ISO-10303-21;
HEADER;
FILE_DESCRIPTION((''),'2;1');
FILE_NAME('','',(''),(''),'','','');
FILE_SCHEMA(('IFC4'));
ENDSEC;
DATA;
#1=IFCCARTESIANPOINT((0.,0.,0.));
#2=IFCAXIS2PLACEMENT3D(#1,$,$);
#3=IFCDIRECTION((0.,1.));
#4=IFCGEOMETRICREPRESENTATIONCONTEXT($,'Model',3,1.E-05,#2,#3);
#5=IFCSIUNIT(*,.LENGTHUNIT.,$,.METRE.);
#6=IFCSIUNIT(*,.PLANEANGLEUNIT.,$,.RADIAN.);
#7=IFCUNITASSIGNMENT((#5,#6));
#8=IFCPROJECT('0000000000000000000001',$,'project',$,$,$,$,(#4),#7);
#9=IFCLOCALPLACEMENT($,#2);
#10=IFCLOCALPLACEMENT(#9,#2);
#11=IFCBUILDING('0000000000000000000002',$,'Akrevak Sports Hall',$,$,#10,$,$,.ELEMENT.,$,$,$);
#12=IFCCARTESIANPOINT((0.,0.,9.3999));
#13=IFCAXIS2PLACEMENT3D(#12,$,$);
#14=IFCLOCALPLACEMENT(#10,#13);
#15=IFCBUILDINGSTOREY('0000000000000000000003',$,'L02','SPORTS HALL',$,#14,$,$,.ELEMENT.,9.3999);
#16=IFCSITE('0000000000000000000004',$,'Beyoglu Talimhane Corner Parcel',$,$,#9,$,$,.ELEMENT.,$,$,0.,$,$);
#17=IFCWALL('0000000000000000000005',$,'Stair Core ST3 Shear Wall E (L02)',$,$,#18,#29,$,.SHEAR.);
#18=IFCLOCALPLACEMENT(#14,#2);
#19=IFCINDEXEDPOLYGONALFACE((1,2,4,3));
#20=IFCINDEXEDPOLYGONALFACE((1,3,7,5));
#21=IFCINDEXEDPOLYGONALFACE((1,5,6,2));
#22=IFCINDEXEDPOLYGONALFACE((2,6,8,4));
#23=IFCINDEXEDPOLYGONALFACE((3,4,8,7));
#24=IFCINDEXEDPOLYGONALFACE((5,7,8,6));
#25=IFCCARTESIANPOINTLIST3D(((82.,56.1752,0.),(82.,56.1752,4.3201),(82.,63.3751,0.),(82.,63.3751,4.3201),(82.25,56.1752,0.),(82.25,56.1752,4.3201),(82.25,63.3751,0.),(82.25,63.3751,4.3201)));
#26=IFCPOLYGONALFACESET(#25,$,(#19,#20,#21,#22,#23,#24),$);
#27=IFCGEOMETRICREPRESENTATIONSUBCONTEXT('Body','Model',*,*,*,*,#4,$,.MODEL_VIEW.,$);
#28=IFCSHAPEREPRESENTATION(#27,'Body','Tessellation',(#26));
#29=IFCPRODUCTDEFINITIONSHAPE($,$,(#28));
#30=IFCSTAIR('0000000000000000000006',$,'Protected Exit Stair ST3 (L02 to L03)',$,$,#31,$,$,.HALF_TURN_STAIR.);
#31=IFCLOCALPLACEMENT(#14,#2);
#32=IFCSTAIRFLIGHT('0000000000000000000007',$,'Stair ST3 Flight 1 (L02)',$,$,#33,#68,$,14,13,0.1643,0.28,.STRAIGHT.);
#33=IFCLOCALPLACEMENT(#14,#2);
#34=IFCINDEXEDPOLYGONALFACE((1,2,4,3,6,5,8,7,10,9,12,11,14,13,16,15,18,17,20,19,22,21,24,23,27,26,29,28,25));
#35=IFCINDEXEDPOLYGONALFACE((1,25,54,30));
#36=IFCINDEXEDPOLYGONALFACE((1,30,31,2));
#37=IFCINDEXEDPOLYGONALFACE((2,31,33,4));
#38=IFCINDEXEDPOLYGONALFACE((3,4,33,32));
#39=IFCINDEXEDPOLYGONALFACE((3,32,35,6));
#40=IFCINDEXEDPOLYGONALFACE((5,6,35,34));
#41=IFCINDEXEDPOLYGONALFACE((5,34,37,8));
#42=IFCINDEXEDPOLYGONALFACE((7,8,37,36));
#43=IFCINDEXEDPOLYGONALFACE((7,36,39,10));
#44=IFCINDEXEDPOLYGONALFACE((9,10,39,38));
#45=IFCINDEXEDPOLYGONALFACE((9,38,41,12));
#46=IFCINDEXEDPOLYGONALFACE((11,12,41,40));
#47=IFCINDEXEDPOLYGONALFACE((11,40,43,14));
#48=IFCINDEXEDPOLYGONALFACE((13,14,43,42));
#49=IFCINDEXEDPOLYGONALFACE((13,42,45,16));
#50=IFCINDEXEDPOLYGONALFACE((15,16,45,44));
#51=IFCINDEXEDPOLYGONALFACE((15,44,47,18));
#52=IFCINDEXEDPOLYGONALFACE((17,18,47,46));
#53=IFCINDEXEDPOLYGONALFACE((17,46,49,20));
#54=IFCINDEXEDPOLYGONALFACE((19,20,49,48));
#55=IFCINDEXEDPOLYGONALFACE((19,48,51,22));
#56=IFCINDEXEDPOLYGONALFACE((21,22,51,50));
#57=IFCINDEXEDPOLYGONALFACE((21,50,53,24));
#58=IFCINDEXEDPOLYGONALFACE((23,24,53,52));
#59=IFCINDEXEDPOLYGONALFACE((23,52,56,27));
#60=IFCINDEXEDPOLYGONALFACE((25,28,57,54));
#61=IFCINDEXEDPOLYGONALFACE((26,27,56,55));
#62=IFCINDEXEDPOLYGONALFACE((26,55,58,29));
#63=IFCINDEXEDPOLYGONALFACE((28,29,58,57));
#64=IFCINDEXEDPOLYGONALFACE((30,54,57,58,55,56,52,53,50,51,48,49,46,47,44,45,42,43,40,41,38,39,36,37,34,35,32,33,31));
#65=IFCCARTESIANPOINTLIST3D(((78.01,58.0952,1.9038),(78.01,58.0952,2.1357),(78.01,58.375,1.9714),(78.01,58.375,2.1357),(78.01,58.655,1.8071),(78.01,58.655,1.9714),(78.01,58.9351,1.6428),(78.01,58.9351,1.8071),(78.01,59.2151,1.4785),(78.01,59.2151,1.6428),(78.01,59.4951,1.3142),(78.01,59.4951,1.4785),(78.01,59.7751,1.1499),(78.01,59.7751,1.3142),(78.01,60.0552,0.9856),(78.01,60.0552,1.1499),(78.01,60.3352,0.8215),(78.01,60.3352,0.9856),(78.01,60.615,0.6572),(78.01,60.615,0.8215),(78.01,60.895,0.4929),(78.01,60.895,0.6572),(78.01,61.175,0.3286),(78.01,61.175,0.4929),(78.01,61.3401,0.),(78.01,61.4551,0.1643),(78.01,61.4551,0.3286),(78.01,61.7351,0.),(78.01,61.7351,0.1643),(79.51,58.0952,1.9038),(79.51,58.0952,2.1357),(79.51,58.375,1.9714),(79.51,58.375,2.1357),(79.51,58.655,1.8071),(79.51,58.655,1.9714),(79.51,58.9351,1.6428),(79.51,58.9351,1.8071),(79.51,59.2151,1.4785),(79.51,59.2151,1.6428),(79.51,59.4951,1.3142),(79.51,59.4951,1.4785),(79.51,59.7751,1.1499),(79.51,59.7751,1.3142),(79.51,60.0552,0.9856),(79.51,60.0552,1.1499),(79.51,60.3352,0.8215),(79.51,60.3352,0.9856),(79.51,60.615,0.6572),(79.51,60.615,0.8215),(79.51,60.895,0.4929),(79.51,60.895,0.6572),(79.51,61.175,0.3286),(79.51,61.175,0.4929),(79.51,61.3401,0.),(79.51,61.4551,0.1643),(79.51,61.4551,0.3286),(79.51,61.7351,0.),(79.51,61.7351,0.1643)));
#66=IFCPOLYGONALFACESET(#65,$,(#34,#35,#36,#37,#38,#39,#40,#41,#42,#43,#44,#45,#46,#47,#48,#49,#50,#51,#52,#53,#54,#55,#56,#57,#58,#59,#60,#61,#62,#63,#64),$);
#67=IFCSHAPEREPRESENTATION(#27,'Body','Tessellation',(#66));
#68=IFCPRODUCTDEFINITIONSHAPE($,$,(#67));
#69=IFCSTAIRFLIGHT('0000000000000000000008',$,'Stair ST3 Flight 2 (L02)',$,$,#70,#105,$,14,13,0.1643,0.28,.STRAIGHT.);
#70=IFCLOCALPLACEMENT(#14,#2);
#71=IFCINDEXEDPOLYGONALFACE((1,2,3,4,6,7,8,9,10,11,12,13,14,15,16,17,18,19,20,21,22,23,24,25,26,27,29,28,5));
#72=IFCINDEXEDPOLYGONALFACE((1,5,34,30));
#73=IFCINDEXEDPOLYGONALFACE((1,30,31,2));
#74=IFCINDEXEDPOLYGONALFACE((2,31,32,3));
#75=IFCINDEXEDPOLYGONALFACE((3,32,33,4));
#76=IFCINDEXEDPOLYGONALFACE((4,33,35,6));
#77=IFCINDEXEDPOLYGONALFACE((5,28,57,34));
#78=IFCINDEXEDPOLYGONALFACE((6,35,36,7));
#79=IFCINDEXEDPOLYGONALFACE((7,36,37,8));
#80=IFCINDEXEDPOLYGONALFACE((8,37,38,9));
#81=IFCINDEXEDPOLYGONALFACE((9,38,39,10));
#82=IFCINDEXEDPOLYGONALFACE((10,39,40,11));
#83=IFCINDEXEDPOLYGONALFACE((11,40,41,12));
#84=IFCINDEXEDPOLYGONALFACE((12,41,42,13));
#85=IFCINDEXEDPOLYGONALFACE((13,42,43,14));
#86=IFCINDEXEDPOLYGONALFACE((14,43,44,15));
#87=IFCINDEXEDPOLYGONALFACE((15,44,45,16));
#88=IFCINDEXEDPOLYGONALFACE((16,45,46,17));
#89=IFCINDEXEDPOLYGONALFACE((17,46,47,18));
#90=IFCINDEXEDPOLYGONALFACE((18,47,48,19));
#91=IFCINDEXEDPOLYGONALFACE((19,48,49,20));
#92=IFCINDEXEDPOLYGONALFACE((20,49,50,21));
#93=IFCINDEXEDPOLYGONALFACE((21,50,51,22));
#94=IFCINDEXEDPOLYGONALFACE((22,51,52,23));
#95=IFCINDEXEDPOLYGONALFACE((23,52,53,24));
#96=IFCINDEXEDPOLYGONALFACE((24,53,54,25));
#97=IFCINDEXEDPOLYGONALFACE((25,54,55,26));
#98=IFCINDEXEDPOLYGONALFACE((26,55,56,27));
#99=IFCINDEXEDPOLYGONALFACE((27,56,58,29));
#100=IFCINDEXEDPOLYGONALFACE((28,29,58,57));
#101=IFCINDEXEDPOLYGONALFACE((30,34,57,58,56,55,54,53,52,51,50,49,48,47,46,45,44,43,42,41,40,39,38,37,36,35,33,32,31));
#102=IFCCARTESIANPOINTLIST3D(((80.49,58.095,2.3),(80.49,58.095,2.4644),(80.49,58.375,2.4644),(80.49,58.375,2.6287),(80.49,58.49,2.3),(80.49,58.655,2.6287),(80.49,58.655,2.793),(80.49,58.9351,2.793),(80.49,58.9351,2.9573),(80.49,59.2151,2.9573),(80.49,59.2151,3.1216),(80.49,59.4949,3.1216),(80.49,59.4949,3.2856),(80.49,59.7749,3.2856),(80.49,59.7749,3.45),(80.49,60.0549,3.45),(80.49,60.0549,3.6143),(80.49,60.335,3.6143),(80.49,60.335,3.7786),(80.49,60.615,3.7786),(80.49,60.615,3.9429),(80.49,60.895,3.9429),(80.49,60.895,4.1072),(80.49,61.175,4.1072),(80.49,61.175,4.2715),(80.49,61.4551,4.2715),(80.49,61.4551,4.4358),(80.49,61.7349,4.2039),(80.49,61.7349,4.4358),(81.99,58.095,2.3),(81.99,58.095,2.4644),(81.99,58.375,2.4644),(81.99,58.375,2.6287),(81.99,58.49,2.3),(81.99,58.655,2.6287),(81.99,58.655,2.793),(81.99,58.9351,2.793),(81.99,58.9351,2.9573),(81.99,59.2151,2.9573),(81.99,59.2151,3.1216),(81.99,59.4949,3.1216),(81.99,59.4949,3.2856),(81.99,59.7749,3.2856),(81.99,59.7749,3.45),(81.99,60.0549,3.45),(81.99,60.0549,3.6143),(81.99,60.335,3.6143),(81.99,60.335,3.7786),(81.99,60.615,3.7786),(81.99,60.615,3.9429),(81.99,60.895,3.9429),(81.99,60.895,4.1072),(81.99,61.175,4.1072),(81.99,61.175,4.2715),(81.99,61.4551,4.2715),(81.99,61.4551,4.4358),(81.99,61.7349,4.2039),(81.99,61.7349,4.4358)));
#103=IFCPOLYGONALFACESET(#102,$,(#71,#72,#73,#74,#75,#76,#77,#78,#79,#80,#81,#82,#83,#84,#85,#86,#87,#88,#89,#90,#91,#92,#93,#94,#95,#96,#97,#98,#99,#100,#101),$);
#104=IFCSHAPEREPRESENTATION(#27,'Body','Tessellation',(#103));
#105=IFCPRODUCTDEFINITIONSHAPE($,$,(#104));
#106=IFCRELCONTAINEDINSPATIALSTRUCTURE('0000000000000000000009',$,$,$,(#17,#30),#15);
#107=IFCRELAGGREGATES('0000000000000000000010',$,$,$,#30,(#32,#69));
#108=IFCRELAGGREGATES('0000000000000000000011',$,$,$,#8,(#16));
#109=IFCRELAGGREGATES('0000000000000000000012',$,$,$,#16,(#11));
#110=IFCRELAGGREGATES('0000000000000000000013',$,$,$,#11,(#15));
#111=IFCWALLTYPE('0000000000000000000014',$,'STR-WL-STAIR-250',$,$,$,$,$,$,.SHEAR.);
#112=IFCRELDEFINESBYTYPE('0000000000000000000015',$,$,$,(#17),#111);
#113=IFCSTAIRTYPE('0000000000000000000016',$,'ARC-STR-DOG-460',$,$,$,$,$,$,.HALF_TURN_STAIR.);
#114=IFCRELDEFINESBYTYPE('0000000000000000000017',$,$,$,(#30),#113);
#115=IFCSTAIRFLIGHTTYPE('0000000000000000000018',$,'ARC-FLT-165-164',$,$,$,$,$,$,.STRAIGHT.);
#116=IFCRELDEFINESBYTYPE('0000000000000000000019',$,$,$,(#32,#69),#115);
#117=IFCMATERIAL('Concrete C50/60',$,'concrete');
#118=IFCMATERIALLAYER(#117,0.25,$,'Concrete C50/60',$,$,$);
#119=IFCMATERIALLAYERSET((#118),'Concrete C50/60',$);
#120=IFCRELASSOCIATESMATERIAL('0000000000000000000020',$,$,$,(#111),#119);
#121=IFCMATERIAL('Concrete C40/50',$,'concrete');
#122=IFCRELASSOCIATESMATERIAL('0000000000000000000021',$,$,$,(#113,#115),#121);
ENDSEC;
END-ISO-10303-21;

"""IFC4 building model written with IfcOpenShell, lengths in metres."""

from ifc_helpers import new_model, si_unit, direction, frame, frame_2d, origin, place, context, subcontext, project, spatial, polyline, rectangle, outline, extrude, material, layer, layer_set, type_object, element, aggregate, save


model = new_model("IFC4")

# Units and contexts
model_context = context("Model", 3, precision=1e-05, world=origin(), true_north=direction((0.0, 1.0)))
body_context = subcontext(model_context, "Body", "Model", "MODEL_VIEW")
ifc_project = project(units=[si_unit("LENGTHUNIT", "METRE"), si_unit("PLANEANGLEUNIT", "RADIAN")], contexts=[model_context])

# Site, building, storey
site_placement = place(None, origin())
site = spatial("IfcSite", under=ifc_project, at=site_placement, Name="Beyoglu Talimhane Corner Parcel", CompositionType="ELEMENT", RefElevation=0.0)
building_placement = place(site_placement, origin())
building = spatial("IfcBuilding", under=site, at=building_placement, Name="Akrevak Sports Hall", CompositionType="ELEMENT")
storey_placement = place(building_placement, frame((0.0, 0.0, 9.3999)))
storey = spatial("IfcBuildingStorey", under=building, at=storey_placement, Name="L02", Description="SPORTS HALL", CompositionType="ELEMENT", Elevation=9.3999)

# Shared definitions
ifc_material_1 = material(Name="Concrete C50/60", Category="concrete")

# Shared definitions
ifc_material_2 = material(Name="Concrete C40/50", Category="concrete")

# Shared definitions
ifc_layer_1 = layer(ifc_material_1, 0.25, Name="Concrete C50/60")
ifc_layer_set_1 = layer_set([ifc_layer_1], Name="Concrete C50/60")
wall_type_1 = type_object("IfcWallType", Name="STR-WL-STAIR-250", PredefinedType="SHEAR", material=ifc_layer_set_1)

# Wall
for number, where, z_axis, x_axis, name in (
    (1, (82.125, 56.175, 0.0), (0.0, 0.0, 1.0), (0.0, 1.0, 0.0), "Stair Core ST3 Shear Wall E (L02)"),
):
    element("IfcWall", number, at=place(storey_placement, frame(where, z_axis=z_axis, x_axis=x_axis)), inside=storey, type_object=wall_type_1, Name=name, PredefinedType="SHEAR", context=body_context, shape_type="SweptSolid", body=[
        extrude(rectangle(XDim=7.2, YDim=0.25, at=frame_2d((3.6001, 0.0))), origin(), (0.0, 0.0, 1.0), 4.3201),
    ])

# Stair, stair flights
stair_type = type_object("IfcStairType", Name="ARC-STR-DOG-460", PredefinedType="HALF_TURN_STAIR", material=ifc_material_2)
stair_placement = place(storey_placement, origin())
stair = element("IfcStair", 2, at=stair_placement, inside=storey, type_object=stair_type, Name="Protected Exit Stair ST3 (L02 to L03)", PredefinedType="HALF_TURN_STAIR")
stair_flight_type = type_object("IfcStairFlightType", Name="ARC-FLT-165-164", PredefinedType="STRAIGHT", material=ifc_material_2)
stair_flight_1_placement = place(storey_placement, frame((78.76, 61.7351, 0.0), z_axis=(0.0, 0.0, 1.0), x_axis=(0.0, -1.0, 0.0)))
stair_flight_1 = element("IfcStairFlight", 3, at=stair_flight_1_placement, type_object=stair_flight_type, Name="Stair ST3 Flight 1 (L02)", NumberOfRisers=14, NumberOfTreads=13, PredefinedType="STRAIGHT", RiserHeight=0.1643, TreadLength=0.28, context=body_context, shape_type="SweptSolid", body=[
    extrude(outline(polyline([(0.0, 0.0), (0.0, 0.1643), (0.28, 0.1643), (0.28, 0.3286), (0.5601, 0.3286), (0.5601, 0.4929), (0.8401, 0.4929), (0.8401, 0.6572), (1.1201, 0.6572), (1.1201, 0.8215), (1.3999, 0.8215), (1.3999, 0.9856), (1.6799, 0.9856), (1.6799, 1.1499), (1.96, 1.1499), (1.96, 1.3142), (2.24, 1.3142), (2.24, 1.4785), (2.52, 1.4785), (2.52, 1.6428), (2.8, 1.6428), (2.8, 1.8071), (3.0801, 1.8071), (3.0801, 1.9714), (3.3601, 1.9714), (3.3601, 2.1357), (3.6399, 2.1357), (3.6399, 2.3), (3.6399, 1.9038), (0.395, 0.0), (0.0, 0.0)])), frame((0.0, 0.75, 0.0), z_axis=(0.0, -1.0, 0.0), x_axis=(1.0, 0.0, 0.0)), (0.0, 0.0, 1.0), 1.5),
])
stair_flight_2_placement = place(storey_placement, frame((81.24, 58.095, 2.3), z_axis=(0.0, 0.0, 1.0), x_axis=(0.0, 1.0, 0.0)))
stair_flight_2 = element("IfcStairFlight", 4, at=stair_flight_2_placement, type_object=stair_flight_type, Name="Stair ST3 Flight 2 (L02)", NumberOfRisers=14, NumberOfTreads=13, PredefinedType="STRAIGHT", RiserHeight=0.1643, TreadLength=0.28, context=body_context, shape_type="SweptSolid", body=[
    extrude(outline(polyline([(0.0, 0.0), (0.0, 0.1643), (0.28, 0.1643), (0.28, 0.3286), (0.5601, 0.3286), (0.5601, 0.4929), (0.8401, 0.4929), (0.8401, 0.6572), (1.1201, 0.6572), (1.1201, 0.8215), (1.3999, 0.8215), (1.3999, 0.9856), (1.6799, 0.9856), (1.6799, 1.1499), (1.96, 1.1499), (1.96, 1.3142), (2.24, 1.3142), (2.24, 1.4785), (2.52, 1.4785), (2.52, 1.6428), (2.8, 1.6428), (2.8, 1.8071), (3.0801, 1.8071), (3.0801, 1.9714), (3.3601, 1.9714), (3.3601, 2.1357), (3.6399, 2.1357), (3.6399, 2.3), (3.6399, 1.9038), (0.395, 0.0), (0.0, 0.0)])), frame((0.0, 0.75, 0.0), z_axis=(0.0, -1.0, 0.0), x_axis=(1.0, 0.0, 0.0)), (0.0, 0.0, 1.0), 1.5),
])
aggregate(stair, [stair_flight_1, stair_flight_2])

save(model, "model.ifc")
